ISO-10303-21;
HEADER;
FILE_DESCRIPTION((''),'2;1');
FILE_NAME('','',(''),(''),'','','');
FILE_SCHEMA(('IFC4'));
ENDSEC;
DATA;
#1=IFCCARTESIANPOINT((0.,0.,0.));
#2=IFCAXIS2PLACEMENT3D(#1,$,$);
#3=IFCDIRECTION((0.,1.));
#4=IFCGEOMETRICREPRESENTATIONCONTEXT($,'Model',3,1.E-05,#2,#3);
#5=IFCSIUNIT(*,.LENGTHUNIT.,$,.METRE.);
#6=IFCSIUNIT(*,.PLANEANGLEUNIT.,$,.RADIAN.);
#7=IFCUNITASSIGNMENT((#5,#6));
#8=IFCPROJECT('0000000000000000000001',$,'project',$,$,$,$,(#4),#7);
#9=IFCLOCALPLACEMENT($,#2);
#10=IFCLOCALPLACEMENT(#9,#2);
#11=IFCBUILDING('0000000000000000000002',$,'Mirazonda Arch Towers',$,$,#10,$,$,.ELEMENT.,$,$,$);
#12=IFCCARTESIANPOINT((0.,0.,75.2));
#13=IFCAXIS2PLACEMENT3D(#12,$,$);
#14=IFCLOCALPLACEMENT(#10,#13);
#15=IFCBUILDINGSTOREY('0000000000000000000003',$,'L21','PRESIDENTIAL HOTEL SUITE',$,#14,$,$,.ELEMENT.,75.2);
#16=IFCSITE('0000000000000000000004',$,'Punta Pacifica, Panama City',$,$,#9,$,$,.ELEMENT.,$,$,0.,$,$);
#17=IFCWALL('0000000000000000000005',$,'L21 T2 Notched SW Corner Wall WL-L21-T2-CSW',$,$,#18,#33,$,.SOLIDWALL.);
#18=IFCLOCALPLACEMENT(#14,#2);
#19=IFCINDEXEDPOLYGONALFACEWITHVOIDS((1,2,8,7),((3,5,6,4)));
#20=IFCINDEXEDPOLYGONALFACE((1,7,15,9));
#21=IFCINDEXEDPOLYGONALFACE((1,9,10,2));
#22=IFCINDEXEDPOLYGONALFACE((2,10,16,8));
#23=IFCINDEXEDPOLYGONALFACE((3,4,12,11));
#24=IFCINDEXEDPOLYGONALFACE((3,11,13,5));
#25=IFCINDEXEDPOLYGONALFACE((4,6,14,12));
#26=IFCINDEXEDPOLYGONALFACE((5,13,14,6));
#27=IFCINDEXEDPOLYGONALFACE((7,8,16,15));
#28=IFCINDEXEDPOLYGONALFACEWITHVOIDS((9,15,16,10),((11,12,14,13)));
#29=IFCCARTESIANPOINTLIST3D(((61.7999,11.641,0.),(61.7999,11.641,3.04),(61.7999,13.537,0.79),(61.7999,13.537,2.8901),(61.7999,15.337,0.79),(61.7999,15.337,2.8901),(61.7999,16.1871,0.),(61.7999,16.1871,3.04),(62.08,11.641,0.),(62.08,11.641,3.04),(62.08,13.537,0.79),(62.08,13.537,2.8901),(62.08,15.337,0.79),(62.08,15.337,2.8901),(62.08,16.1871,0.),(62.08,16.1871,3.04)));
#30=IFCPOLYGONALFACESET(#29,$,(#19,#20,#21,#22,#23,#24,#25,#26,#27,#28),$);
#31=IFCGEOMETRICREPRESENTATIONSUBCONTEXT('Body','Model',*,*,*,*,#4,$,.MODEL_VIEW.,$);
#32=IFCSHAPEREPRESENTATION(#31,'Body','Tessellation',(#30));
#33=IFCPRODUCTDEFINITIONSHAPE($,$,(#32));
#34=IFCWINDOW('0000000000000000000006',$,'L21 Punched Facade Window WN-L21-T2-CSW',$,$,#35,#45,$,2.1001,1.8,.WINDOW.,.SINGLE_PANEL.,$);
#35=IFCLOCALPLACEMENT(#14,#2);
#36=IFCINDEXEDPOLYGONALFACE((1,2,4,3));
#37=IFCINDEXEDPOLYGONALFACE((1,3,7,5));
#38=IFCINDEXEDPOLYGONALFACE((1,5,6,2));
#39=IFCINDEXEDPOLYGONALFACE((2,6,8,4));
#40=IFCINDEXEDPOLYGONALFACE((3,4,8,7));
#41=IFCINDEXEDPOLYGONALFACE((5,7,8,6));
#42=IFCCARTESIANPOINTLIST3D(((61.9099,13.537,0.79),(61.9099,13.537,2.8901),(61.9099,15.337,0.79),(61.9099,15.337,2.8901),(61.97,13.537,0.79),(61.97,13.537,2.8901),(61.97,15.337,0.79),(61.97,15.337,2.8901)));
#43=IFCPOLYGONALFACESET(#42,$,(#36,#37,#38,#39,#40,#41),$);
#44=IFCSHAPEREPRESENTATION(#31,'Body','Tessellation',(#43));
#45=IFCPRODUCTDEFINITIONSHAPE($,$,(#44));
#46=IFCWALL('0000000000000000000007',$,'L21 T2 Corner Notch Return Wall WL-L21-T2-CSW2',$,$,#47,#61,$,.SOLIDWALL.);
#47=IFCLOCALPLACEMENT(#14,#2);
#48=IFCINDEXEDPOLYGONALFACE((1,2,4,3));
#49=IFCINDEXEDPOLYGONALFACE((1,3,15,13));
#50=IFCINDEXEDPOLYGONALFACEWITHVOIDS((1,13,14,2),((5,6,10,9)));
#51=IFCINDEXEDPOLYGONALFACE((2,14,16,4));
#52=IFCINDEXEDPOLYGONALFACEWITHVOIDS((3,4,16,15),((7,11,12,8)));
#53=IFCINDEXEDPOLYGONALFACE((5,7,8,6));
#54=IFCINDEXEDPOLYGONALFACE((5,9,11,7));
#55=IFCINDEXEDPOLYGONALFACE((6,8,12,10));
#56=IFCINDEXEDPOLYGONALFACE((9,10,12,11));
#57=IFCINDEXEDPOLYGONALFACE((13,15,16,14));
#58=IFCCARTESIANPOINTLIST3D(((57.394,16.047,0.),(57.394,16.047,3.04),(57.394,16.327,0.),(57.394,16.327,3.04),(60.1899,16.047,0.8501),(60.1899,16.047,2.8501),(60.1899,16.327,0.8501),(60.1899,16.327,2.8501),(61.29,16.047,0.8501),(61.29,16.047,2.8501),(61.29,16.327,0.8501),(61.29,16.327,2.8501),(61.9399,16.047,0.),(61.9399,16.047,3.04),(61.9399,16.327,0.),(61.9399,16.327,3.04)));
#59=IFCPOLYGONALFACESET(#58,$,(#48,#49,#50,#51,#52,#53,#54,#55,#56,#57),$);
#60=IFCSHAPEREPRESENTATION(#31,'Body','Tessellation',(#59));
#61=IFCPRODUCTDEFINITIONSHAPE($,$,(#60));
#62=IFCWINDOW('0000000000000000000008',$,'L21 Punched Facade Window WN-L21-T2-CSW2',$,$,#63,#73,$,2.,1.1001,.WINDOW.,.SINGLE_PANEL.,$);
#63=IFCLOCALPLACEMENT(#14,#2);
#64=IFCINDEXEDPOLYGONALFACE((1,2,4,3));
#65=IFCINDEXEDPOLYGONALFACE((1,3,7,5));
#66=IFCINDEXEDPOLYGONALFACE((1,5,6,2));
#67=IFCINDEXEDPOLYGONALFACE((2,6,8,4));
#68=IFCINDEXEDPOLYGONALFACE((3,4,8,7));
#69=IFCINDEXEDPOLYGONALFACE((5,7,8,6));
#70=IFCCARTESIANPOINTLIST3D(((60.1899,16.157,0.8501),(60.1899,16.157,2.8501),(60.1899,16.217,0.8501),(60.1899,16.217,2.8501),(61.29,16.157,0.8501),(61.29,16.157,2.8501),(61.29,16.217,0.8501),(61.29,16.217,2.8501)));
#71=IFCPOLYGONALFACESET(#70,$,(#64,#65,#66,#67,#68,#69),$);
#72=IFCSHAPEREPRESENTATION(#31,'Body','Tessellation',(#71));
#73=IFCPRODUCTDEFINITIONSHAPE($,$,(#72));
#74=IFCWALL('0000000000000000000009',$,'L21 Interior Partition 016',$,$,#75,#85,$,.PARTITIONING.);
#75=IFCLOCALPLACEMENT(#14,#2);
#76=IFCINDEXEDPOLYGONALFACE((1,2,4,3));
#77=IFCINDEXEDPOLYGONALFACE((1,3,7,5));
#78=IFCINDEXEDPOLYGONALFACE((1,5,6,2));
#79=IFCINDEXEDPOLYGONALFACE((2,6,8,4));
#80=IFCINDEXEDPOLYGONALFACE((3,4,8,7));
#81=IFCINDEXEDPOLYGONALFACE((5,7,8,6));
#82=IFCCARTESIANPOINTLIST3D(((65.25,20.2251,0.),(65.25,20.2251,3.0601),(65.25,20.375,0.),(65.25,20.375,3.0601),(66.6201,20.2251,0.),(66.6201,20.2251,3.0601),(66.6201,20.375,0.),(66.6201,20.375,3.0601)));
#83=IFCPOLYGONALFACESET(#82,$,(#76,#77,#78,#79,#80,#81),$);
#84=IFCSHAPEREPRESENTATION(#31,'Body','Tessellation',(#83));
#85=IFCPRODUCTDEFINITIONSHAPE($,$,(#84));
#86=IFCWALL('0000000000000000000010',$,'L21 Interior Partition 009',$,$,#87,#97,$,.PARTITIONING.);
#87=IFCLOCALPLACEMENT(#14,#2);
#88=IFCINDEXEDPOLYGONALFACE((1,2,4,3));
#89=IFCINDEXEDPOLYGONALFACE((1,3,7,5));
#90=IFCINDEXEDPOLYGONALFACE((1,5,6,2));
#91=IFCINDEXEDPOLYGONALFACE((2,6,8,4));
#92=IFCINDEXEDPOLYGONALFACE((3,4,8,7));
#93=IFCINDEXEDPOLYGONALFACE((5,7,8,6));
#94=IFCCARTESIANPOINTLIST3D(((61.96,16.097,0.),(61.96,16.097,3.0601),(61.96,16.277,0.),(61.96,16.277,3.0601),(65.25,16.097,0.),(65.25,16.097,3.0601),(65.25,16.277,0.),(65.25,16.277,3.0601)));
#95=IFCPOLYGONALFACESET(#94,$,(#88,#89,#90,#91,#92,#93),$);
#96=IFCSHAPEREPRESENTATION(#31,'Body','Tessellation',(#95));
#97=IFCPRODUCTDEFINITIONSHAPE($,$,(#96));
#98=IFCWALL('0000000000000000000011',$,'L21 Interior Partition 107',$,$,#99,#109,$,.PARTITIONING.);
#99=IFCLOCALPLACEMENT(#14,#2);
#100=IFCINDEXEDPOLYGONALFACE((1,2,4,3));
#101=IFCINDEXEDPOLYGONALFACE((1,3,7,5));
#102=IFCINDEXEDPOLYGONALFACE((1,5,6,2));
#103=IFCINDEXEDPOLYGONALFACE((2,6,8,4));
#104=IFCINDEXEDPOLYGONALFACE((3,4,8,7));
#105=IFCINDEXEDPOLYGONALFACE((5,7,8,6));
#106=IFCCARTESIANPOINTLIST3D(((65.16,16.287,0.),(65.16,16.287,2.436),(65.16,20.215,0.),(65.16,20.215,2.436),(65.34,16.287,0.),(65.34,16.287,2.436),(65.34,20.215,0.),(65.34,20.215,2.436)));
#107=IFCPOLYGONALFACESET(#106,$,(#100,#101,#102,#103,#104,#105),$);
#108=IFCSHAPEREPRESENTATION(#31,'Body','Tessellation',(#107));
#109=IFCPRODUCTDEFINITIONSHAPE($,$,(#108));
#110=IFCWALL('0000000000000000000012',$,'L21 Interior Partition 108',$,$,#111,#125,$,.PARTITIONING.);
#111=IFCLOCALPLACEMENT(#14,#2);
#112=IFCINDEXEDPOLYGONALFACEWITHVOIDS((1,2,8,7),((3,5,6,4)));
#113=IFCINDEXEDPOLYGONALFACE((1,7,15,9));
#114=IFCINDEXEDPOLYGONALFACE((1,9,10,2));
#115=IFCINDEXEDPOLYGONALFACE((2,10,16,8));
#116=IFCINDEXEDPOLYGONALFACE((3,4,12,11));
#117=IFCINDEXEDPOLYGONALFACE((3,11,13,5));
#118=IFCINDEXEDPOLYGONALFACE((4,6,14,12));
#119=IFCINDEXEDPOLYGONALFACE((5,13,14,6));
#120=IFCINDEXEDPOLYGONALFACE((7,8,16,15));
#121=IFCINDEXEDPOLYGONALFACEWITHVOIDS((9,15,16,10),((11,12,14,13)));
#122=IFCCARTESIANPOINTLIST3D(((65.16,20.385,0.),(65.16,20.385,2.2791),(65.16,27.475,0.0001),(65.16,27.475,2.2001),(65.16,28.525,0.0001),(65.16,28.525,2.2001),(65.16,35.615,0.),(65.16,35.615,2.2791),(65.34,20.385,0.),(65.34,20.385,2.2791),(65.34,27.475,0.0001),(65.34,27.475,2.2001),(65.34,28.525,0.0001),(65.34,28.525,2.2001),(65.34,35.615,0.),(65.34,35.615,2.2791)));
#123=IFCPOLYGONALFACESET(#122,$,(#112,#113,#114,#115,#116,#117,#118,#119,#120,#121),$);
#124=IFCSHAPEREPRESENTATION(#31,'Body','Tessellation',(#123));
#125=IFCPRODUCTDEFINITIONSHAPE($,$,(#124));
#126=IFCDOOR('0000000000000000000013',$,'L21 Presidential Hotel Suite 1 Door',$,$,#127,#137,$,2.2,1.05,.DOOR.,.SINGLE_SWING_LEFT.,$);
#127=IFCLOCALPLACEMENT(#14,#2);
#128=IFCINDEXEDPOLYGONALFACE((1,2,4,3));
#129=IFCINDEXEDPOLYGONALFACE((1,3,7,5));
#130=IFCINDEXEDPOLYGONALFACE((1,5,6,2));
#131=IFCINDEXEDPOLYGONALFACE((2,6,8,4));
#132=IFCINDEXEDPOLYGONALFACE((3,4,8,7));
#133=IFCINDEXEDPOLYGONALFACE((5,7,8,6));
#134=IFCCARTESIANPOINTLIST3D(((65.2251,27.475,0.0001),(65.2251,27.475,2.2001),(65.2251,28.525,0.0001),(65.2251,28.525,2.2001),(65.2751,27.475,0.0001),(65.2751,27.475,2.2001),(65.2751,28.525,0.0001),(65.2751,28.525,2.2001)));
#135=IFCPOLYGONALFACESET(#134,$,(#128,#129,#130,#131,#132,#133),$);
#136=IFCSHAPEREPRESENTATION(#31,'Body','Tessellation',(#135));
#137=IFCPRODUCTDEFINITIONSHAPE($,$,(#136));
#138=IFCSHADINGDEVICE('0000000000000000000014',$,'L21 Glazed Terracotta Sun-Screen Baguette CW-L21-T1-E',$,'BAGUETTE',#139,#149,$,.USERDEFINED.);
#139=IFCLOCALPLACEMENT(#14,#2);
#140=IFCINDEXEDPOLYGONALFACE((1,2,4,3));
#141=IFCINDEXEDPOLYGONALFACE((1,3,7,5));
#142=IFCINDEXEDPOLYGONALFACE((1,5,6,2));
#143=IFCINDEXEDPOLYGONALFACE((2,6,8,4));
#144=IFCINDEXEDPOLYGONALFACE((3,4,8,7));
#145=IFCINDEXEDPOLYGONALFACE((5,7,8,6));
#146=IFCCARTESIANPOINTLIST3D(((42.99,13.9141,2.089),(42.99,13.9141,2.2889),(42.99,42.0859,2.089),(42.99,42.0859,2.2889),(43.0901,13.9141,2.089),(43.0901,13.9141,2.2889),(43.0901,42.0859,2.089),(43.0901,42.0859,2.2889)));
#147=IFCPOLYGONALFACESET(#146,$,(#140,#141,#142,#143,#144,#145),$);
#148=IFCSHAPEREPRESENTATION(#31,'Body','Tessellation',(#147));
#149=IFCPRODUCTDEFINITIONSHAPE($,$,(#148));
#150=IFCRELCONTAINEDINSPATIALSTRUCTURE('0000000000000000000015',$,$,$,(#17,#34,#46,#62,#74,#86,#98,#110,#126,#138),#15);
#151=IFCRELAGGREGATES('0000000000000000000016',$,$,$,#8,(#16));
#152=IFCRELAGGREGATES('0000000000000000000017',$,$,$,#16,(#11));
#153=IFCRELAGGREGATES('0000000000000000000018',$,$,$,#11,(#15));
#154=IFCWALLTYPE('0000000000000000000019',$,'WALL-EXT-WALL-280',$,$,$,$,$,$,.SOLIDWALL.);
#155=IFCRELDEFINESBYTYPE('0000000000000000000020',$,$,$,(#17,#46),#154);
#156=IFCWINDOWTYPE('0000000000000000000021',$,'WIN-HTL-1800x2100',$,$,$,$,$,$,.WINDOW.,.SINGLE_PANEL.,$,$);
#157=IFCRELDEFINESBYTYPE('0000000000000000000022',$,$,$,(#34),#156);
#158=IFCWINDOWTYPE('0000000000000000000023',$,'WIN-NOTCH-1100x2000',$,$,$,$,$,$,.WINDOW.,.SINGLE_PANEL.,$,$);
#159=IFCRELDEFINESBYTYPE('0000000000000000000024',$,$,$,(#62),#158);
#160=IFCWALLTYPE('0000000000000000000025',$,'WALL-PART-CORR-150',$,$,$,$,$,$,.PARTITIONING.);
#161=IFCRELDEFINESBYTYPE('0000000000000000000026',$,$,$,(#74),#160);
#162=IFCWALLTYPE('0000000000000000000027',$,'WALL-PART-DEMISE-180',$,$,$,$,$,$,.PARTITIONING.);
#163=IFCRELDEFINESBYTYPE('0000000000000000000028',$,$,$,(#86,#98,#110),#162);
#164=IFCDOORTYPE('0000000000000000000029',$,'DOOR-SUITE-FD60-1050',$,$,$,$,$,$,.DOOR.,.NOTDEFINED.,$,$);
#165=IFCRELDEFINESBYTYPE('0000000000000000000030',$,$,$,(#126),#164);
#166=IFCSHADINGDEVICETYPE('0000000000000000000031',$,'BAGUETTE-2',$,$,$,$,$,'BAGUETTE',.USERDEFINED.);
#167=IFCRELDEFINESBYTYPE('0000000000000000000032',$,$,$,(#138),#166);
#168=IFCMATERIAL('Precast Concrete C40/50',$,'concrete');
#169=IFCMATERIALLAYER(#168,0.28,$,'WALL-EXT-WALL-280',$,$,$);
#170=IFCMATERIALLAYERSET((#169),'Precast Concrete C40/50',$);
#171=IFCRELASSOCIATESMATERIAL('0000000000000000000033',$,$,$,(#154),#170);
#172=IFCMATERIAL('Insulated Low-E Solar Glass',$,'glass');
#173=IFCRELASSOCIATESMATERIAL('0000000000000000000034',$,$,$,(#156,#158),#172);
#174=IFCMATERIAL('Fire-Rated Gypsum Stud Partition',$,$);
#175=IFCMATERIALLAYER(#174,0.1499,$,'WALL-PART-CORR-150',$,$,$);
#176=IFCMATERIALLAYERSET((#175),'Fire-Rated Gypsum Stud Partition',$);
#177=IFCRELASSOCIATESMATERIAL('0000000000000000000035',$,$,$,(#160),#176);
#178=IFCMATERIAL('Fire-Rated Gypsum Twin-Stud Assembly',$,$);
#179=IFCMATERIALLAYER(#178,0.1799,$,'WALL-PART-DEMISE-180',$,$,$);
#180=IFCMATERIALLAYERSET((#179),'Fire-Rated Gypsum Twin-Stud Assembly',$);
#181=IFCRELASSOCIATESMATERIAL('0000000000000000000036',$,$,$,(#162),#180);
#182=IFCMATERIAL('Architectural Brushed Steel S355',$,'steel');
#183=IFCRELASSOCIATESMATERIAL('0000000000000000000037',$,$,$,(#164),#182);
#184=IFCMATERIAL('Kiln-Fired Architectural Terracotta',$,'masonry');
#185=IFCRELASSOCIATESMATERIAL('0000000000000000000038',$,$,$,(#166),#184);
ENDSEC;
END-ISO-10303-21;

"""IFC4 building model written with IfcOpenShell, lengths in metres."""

from ifc_helpers import new_model, si_unit, direction, frame, frame_2d, origin, origin_2d, place, context, subcontext, project, spatial, rectangle, extrude, material, layer, layer_set, material_profile, profile_set, type_object, element, fill, save


model = new_model("IFC4")

# Units and contexts
model_context = context("Model", 3, precision=1e-05, world=origin(), true_north=direction((0.0, 1.0)))
body_context = subcontext(model_context, "Body", "Model", "MODEL_VIEW")
ifc_project = project(units=[si_unit("LENGTHUNIT", "METRE"), si_unit("PLANEANGLEUNIT", "RADIAN")], contexts=[model_context])

# Site, building, storey
site_placement = place(None, origin())
site = spatial("IfcSite", under=ifc_project, at=site_placement, Name="Punta Pacifica, Panama City", CompositionType="ELEMENT", RefElevation=0.0)
building_placement = place(site_placement, origin())
building = spatial("IfcBuilding", under=site, at=building_placement, Name="Mirazonda Arch Towers", CompositionType="ELEMENT")
storey_placement = place(building_placement, frame((0.0, 0.0, 75.2)))
storey = spatial("IfcBuildingStorey", under=building, at=storey_placement, Name="L21", Description="PRESIDENTIAL HOTEL SUITE", CompositionType="ELEMENT", Elevation=75.2)

# Shared definitions
ifc_material_1 = material(Name="Insulated Low-E Solar Glass", Category="glass")

# Walls, openings, windows
ifc_material_2 = material(Name="Precast Concrete C40/50", Category="concrete")
ifc_layer_1 = layer(ifc_material_2, 0.28, Name="WALL-EXT-WALL-280")
ifc_layer_set_1 = layer_set([ifc_layer_1], Name="Precast Concrete C40/50")
wall_type_1 = type_object("IfcWallType", Name="WALL-EXT-WALL-280", PredefinedType="SOLIDWALL", material=ifc_layer_set_1)
wall_1_placement = place(storey_placement, frame((61.9399, 16.187, 0.0), z_axis=(0.0, 0.0, 1.0), x_axis=(0.0, -1.0, 0.0)))
wall_1 = element("IfcWall", 1, at=wall_1_placement, inside=storey, type_object=wall_type_1, Name="L21 T2 Notched SW Corner Wall WL-L21-T2-CSW", PredefinedType="SOLIDWALL", context=body_context, shape_type="SweptSolid", body=[
    extrude(rectangle(XDim=4.5461, YDim=0.28, at=frame_2d((2.2729, 0.0))), origin(), (0.0, 0.0, 1.0), 3.04),
])
opening_1_placement = place(wall_1_placement, frame((0.8501, 0.0, 0.79)))
opening_1 = element("IfcOpeningElement", 2, at=opening_1_placement, cuts=wall_1, PredefinedType="OPENING", context=body_context, shape_type="SweptSolid", body=[
    extrude(rectangle(XDim=1.8, YDim=2.1001, at=frame_2d((0.8999, 1.05))), frame((0.0, 0.1499, 0.0), z_axis=(0.0, -1.0, 0.0), x_axis=(1.0, 0.0, 0.0)), (0.0, 0.0, 1.0), 0.3),
])
window_type_1 = type_object("IfcWindowType", Name="WIN-HTL-1800x2100", PartitioningType="SINGLE_PANEL", PredefinedType="WINDOW", material=ifc_material_1)
window_1_placement = place(opening_1_placement, origin())
window_1 = element("IfcWindow", 3, at=window_1_placement, inside=storey, type_object=window_type_1, Name="L21 Punched Facade Window WN-L21-T2-CSW", OverallHeight=2.1001, OverallWidth=1.8, PartitioningType="SINGLE_PANEL", PredefinedType="WINDOW", context=body_context, shape_type="SweptSolid", body=[
    extrude(rectangle(XDim=1.8, YDim=2.1001, at=frame_2d((0.8999, 1.05))), frame((0.0, 0.03, 0.0), z_axis=(0.0, -1.0, 0.0), x_axis=(1.0, 0.0, 0.0)), (0.0, 0.0, 1.0), 0.0601),
])
fill(opening_1, window_1)
wall_2_placement = place(storey_placement, frame((57.394, 16.187, 0.0), z_axis=(0.0, 0.0, 1.0), x_axis=(1.0, 0.0, 0.0)))
wall_2 = element("IfcWall", 4, at=wall_2_placement, inside=storey, type_object=wall_type_1, Name="L21 T2 Corner Notch Return Wall WL-L21-T2-CSW2", PredefinedType="SOLIDWALL", context=body_context, shape_type="SweptSolid", body=[
    extrude(rectangle(XDim=4.5459, YDim=0.28, at=frame_2d((2.2729, 0.0))), origin(), (0.0, 0.0, 1.0), 3.04),
])
opening_2_placement = place(wall_2_placement, frame((2.7959, 0.0, 0.8501)))
opening_2 = element("IfcOpeningElement", 5, at=opening_2_placement, cuts=wall_2, PredefinedType="OPENING", context=body_context, shape_type="SweptSolid", body=[
    extrude(rectangle(XDim=1.1001, YDim=2.0, at=frame_2d((0.55, 1.0))), frame((0.0, 0.1499, 0.0), z_axis=(0.0, -1.0, 0.0), x_axis=(1.0, 0.0, 0.0)), (0.0, 0.0, 1.0), 0.3),
])
window_type_2 = type_object("IfcWindowType", Name="WIN-NOTCH-1100x2000", PartitioningType="SINGLE_PANEL", PredefinedType="WINDOW", material=ifc_material_1)
window_2_placement = place(opening_2_placement, origin())
window_2 = element("IfcWindow", 6, at=window_2_placement, inside=storey, type_object=window_type_2, Name="L21 Punched Facade Window WN-L21-T2-CSW2", OverallHeight=2.0, OverallWidth=1.1001, PartitioningType="SINGLE_PANEL", PredefinedType="WINDOW", context=body_context, shape_type="SweptSolid", body=[
    extrude(rectangle(XDim=1.1001, YDim=2.0, at=frame_2d((0.55, 1.0))), frame((0.0, 0.03, 0.0), z_axis=(0.0, -1.0, 0.0), x_axis=(1.0, 0.0, 0.0)), (0.0, 0.0, 1.0), 0.0601),
])
fill(opening_2, window_2)

# Walls
ifc_material_3 = material(Name="Fire-Rated Gypsum Stud Partition")
ifc_layer_2 = layer(ifc_material_3, 0.1499, Name="WALL-PART-CORR-150")
ifc_layer_set_2 = layer_set([ifc_layer_2], Name="Fire-Rated Gypsum Stud Partition")
wall_type_2 = type_object("IfcWallType", Name="WALL-PART-CORR-150", PredefinedType="PARTITIONING", material=ifc_layer_set_2)
wall_3_placement = place(storey_placement, frame((65.25, 20.3, 0.0), z_axis=(0.0, 0.0, 1.0), x_axis=(1.0, 0.0, 0.0)))
element("IfcWall", 7, at=wall_3_placement, inside=storey, type_object=wall_type_2, Name="L21 Interior Partition 016", PredefinedType="PARTITIONING", context=body_context, shape_type="SweptSolid", body=[
    extrude(rectangle(XDim=1.3701, YDim=0.1499, at=frame_2d((0.6851, 0.0))), origin(), (0.0, 0.0, 1.0), 3.0601),
])
ifc_material_4 = material(Name="Fire-Rated Gypsum Twin-Stud Assembly")
ifc_layer_3 = layer(ifc_material_4, 0.1799, Name="WALL-PART-DEMISE-180")
ifc_layer_set_3 = layer_set([ifc_layer_3], Name="Fire-Rated Gypsum Twin-Stud Assembly")
wall_type_3 = type_object("IfcWallType", Name="WALL-PART-DEMISE-180", PredefinedType="PARTITIONING", material=ifc_layer_set_3)
wall_4_placement = place(storey_placement, frame((61.96, 16.187, 0.0), z_axis=(0.0, 0.0, 1.0), x_axis=(1.0, 0.0, 0.0)))
element("IfcWall", 8, at=wall_4_placement, inside=storey, type_object=wall_type_3, Name="L21 Interior Partition 009", PredefinedType="PARTITIONING", context=body_context, shape_type="SweptSolid", body=[
    extrude(rectangle(XDim=3.29, YDim=0.1799, at=frame_2d((1.645, 0.0))), origin(), (0.0, 0.0, 1.0), 3.0601),
])
wall_5_placement = place(storey_placement, frame((65.25, 16.2871, 0.0), z_axis=(0.0, 0.0, 1.0), x_axis=(0.0, 1.0, 0.0)))
element("IfcWall", 9, at=wall_5_placement, inside=storey, type_object=wall_type_3, Name="L21 Interior Partition 107", PredefinedType="PARTITIONING", context=body_context, shape_type="SweptSolid", body=[
    extrude(rectangle(XDim=3.928, YDim=0.1799, at=frame_2d((1.9639, 0.0))), origin(), (0.0, 0.0, 1.0), 2.436),
])

# Wall, opening, door
wall_6_placement = place(storey_placement, frame((65.25, 20.385, 0.0), z_axis=(0.0, 0.0, 1.0), x_axis=(0.0, 1.0, 0.0)))
wall_6 = element("IfcWall", 10, at=wall_6_placement, inside=storey, type_object=wall_type_3, Name="L21 Interior Partition 108", PredefinedType="PARTITIONING", context=body_context, shape_type="SweptSolid", body=[
    extrude(rectangle(XDim=15.23, YDim=0.1799, at=frame_2d((7.615, 0.0))), origin(), (0.0, 0.0, 1.0), 2.2791),
])
opening_3_placement = place(wall_6_placement, frame((7.0901, 0.0, 0.0)))
opening_3 = element("IfcOpeningElement", 11, at=opening_3_placement, cuts=wall_6, PredefinedType="OPENING", context=body_context, shape_type="SweptSolid", body=[
    extrude(rectangle(XDim=1.05, YDim=2.2, at=frame_2d((0.5249, 1.1001))), frame((0.0, 0.0999, 0.0), z_axis=(0.0, -1.0, 0.0), x_axis=(1.0, 0.0, 0.0)), (0.0, 0.0, 1.0), 0.2),
])
ifc_material_5 = material(Name="Architectural Brushed Steel S355", Category="steel")
door_type = type_object("IfcDoorType", Name="DOOR-SUITE-FD60-1050", OperationType="NOTDEFINED", PredefinedType="DOOR", material=ifc_material_5)
door_placement = place(opening_3_placement, origin())
door = element("IfcDoor", 12, at=door_placement, inside=storey, type_object=door_type, Name="L21 Presidential Hotel Suite 1 Door", OperationType="SINGLE_SWING_LEFT", OverallHeight=2.2, OverallWidth=1.05, PredefinedType="DOOR", context=body_context, shape_type="SweptSolid", body=[
    extrude(rectangle(XDim=1.05, YDim=2.2, at=frame_2d((0.5249, 1.1001))), frame((0.0, 0.0249, 0.0), z_axis=(0.0, -1.0, 0.0), x_axis=(1.0, 0.0, 0.0)), (0.0, 0.0, 1.0), 0.05),
])
fill(opening_3, door)

# Shading device
ifc_material_6 = material(Name="Kiln-Fired Architectural Terracotta", Category="masonry")
ifc_material_profile_1 = material_profile(ifc_material_6, rectangle(XDim=0.1001, YDim=0.2, at=origin_2d()), Name="TERRA-BAG-100x200")
ifc_profile_set_1 = profile_set([ifc_material_profile_1], Name="Kiln-Fired Architectural Terracotta")
shading_device_type = type_object("IfcShadingDeviceType", Name="BAGUETTE-2", ElementType="BAGUETTE", PredefinedType="USERDEFINED", material=ifc_profile_set_1)
shading_device_placement = place(storey_placement, frame((43.04, 13.9141, 2.189), z_axis=(0.0, 1.0, 0.0), x_axis=(-1.0, 0.0, 0.0)))
element("IfcShadingDevice", 13, at=shading_device_placement, inside=storey, type_object=shading_device_type, Name="L21 Glazed Terracotta Sun-Screen Baguette CW-L21-T1-E", ObjectType="BAGUETTE", PredefinedType="USERDEFINED", context=body_context, shape_type="SweptSolid", body=[
    extrude(rectangle(XDim=0.1001, YDim=0.2, at=origin_2d()), origin(), (0.0, 0.0, 1.0), 28.1719),
])

save(model, "model.ifc")
